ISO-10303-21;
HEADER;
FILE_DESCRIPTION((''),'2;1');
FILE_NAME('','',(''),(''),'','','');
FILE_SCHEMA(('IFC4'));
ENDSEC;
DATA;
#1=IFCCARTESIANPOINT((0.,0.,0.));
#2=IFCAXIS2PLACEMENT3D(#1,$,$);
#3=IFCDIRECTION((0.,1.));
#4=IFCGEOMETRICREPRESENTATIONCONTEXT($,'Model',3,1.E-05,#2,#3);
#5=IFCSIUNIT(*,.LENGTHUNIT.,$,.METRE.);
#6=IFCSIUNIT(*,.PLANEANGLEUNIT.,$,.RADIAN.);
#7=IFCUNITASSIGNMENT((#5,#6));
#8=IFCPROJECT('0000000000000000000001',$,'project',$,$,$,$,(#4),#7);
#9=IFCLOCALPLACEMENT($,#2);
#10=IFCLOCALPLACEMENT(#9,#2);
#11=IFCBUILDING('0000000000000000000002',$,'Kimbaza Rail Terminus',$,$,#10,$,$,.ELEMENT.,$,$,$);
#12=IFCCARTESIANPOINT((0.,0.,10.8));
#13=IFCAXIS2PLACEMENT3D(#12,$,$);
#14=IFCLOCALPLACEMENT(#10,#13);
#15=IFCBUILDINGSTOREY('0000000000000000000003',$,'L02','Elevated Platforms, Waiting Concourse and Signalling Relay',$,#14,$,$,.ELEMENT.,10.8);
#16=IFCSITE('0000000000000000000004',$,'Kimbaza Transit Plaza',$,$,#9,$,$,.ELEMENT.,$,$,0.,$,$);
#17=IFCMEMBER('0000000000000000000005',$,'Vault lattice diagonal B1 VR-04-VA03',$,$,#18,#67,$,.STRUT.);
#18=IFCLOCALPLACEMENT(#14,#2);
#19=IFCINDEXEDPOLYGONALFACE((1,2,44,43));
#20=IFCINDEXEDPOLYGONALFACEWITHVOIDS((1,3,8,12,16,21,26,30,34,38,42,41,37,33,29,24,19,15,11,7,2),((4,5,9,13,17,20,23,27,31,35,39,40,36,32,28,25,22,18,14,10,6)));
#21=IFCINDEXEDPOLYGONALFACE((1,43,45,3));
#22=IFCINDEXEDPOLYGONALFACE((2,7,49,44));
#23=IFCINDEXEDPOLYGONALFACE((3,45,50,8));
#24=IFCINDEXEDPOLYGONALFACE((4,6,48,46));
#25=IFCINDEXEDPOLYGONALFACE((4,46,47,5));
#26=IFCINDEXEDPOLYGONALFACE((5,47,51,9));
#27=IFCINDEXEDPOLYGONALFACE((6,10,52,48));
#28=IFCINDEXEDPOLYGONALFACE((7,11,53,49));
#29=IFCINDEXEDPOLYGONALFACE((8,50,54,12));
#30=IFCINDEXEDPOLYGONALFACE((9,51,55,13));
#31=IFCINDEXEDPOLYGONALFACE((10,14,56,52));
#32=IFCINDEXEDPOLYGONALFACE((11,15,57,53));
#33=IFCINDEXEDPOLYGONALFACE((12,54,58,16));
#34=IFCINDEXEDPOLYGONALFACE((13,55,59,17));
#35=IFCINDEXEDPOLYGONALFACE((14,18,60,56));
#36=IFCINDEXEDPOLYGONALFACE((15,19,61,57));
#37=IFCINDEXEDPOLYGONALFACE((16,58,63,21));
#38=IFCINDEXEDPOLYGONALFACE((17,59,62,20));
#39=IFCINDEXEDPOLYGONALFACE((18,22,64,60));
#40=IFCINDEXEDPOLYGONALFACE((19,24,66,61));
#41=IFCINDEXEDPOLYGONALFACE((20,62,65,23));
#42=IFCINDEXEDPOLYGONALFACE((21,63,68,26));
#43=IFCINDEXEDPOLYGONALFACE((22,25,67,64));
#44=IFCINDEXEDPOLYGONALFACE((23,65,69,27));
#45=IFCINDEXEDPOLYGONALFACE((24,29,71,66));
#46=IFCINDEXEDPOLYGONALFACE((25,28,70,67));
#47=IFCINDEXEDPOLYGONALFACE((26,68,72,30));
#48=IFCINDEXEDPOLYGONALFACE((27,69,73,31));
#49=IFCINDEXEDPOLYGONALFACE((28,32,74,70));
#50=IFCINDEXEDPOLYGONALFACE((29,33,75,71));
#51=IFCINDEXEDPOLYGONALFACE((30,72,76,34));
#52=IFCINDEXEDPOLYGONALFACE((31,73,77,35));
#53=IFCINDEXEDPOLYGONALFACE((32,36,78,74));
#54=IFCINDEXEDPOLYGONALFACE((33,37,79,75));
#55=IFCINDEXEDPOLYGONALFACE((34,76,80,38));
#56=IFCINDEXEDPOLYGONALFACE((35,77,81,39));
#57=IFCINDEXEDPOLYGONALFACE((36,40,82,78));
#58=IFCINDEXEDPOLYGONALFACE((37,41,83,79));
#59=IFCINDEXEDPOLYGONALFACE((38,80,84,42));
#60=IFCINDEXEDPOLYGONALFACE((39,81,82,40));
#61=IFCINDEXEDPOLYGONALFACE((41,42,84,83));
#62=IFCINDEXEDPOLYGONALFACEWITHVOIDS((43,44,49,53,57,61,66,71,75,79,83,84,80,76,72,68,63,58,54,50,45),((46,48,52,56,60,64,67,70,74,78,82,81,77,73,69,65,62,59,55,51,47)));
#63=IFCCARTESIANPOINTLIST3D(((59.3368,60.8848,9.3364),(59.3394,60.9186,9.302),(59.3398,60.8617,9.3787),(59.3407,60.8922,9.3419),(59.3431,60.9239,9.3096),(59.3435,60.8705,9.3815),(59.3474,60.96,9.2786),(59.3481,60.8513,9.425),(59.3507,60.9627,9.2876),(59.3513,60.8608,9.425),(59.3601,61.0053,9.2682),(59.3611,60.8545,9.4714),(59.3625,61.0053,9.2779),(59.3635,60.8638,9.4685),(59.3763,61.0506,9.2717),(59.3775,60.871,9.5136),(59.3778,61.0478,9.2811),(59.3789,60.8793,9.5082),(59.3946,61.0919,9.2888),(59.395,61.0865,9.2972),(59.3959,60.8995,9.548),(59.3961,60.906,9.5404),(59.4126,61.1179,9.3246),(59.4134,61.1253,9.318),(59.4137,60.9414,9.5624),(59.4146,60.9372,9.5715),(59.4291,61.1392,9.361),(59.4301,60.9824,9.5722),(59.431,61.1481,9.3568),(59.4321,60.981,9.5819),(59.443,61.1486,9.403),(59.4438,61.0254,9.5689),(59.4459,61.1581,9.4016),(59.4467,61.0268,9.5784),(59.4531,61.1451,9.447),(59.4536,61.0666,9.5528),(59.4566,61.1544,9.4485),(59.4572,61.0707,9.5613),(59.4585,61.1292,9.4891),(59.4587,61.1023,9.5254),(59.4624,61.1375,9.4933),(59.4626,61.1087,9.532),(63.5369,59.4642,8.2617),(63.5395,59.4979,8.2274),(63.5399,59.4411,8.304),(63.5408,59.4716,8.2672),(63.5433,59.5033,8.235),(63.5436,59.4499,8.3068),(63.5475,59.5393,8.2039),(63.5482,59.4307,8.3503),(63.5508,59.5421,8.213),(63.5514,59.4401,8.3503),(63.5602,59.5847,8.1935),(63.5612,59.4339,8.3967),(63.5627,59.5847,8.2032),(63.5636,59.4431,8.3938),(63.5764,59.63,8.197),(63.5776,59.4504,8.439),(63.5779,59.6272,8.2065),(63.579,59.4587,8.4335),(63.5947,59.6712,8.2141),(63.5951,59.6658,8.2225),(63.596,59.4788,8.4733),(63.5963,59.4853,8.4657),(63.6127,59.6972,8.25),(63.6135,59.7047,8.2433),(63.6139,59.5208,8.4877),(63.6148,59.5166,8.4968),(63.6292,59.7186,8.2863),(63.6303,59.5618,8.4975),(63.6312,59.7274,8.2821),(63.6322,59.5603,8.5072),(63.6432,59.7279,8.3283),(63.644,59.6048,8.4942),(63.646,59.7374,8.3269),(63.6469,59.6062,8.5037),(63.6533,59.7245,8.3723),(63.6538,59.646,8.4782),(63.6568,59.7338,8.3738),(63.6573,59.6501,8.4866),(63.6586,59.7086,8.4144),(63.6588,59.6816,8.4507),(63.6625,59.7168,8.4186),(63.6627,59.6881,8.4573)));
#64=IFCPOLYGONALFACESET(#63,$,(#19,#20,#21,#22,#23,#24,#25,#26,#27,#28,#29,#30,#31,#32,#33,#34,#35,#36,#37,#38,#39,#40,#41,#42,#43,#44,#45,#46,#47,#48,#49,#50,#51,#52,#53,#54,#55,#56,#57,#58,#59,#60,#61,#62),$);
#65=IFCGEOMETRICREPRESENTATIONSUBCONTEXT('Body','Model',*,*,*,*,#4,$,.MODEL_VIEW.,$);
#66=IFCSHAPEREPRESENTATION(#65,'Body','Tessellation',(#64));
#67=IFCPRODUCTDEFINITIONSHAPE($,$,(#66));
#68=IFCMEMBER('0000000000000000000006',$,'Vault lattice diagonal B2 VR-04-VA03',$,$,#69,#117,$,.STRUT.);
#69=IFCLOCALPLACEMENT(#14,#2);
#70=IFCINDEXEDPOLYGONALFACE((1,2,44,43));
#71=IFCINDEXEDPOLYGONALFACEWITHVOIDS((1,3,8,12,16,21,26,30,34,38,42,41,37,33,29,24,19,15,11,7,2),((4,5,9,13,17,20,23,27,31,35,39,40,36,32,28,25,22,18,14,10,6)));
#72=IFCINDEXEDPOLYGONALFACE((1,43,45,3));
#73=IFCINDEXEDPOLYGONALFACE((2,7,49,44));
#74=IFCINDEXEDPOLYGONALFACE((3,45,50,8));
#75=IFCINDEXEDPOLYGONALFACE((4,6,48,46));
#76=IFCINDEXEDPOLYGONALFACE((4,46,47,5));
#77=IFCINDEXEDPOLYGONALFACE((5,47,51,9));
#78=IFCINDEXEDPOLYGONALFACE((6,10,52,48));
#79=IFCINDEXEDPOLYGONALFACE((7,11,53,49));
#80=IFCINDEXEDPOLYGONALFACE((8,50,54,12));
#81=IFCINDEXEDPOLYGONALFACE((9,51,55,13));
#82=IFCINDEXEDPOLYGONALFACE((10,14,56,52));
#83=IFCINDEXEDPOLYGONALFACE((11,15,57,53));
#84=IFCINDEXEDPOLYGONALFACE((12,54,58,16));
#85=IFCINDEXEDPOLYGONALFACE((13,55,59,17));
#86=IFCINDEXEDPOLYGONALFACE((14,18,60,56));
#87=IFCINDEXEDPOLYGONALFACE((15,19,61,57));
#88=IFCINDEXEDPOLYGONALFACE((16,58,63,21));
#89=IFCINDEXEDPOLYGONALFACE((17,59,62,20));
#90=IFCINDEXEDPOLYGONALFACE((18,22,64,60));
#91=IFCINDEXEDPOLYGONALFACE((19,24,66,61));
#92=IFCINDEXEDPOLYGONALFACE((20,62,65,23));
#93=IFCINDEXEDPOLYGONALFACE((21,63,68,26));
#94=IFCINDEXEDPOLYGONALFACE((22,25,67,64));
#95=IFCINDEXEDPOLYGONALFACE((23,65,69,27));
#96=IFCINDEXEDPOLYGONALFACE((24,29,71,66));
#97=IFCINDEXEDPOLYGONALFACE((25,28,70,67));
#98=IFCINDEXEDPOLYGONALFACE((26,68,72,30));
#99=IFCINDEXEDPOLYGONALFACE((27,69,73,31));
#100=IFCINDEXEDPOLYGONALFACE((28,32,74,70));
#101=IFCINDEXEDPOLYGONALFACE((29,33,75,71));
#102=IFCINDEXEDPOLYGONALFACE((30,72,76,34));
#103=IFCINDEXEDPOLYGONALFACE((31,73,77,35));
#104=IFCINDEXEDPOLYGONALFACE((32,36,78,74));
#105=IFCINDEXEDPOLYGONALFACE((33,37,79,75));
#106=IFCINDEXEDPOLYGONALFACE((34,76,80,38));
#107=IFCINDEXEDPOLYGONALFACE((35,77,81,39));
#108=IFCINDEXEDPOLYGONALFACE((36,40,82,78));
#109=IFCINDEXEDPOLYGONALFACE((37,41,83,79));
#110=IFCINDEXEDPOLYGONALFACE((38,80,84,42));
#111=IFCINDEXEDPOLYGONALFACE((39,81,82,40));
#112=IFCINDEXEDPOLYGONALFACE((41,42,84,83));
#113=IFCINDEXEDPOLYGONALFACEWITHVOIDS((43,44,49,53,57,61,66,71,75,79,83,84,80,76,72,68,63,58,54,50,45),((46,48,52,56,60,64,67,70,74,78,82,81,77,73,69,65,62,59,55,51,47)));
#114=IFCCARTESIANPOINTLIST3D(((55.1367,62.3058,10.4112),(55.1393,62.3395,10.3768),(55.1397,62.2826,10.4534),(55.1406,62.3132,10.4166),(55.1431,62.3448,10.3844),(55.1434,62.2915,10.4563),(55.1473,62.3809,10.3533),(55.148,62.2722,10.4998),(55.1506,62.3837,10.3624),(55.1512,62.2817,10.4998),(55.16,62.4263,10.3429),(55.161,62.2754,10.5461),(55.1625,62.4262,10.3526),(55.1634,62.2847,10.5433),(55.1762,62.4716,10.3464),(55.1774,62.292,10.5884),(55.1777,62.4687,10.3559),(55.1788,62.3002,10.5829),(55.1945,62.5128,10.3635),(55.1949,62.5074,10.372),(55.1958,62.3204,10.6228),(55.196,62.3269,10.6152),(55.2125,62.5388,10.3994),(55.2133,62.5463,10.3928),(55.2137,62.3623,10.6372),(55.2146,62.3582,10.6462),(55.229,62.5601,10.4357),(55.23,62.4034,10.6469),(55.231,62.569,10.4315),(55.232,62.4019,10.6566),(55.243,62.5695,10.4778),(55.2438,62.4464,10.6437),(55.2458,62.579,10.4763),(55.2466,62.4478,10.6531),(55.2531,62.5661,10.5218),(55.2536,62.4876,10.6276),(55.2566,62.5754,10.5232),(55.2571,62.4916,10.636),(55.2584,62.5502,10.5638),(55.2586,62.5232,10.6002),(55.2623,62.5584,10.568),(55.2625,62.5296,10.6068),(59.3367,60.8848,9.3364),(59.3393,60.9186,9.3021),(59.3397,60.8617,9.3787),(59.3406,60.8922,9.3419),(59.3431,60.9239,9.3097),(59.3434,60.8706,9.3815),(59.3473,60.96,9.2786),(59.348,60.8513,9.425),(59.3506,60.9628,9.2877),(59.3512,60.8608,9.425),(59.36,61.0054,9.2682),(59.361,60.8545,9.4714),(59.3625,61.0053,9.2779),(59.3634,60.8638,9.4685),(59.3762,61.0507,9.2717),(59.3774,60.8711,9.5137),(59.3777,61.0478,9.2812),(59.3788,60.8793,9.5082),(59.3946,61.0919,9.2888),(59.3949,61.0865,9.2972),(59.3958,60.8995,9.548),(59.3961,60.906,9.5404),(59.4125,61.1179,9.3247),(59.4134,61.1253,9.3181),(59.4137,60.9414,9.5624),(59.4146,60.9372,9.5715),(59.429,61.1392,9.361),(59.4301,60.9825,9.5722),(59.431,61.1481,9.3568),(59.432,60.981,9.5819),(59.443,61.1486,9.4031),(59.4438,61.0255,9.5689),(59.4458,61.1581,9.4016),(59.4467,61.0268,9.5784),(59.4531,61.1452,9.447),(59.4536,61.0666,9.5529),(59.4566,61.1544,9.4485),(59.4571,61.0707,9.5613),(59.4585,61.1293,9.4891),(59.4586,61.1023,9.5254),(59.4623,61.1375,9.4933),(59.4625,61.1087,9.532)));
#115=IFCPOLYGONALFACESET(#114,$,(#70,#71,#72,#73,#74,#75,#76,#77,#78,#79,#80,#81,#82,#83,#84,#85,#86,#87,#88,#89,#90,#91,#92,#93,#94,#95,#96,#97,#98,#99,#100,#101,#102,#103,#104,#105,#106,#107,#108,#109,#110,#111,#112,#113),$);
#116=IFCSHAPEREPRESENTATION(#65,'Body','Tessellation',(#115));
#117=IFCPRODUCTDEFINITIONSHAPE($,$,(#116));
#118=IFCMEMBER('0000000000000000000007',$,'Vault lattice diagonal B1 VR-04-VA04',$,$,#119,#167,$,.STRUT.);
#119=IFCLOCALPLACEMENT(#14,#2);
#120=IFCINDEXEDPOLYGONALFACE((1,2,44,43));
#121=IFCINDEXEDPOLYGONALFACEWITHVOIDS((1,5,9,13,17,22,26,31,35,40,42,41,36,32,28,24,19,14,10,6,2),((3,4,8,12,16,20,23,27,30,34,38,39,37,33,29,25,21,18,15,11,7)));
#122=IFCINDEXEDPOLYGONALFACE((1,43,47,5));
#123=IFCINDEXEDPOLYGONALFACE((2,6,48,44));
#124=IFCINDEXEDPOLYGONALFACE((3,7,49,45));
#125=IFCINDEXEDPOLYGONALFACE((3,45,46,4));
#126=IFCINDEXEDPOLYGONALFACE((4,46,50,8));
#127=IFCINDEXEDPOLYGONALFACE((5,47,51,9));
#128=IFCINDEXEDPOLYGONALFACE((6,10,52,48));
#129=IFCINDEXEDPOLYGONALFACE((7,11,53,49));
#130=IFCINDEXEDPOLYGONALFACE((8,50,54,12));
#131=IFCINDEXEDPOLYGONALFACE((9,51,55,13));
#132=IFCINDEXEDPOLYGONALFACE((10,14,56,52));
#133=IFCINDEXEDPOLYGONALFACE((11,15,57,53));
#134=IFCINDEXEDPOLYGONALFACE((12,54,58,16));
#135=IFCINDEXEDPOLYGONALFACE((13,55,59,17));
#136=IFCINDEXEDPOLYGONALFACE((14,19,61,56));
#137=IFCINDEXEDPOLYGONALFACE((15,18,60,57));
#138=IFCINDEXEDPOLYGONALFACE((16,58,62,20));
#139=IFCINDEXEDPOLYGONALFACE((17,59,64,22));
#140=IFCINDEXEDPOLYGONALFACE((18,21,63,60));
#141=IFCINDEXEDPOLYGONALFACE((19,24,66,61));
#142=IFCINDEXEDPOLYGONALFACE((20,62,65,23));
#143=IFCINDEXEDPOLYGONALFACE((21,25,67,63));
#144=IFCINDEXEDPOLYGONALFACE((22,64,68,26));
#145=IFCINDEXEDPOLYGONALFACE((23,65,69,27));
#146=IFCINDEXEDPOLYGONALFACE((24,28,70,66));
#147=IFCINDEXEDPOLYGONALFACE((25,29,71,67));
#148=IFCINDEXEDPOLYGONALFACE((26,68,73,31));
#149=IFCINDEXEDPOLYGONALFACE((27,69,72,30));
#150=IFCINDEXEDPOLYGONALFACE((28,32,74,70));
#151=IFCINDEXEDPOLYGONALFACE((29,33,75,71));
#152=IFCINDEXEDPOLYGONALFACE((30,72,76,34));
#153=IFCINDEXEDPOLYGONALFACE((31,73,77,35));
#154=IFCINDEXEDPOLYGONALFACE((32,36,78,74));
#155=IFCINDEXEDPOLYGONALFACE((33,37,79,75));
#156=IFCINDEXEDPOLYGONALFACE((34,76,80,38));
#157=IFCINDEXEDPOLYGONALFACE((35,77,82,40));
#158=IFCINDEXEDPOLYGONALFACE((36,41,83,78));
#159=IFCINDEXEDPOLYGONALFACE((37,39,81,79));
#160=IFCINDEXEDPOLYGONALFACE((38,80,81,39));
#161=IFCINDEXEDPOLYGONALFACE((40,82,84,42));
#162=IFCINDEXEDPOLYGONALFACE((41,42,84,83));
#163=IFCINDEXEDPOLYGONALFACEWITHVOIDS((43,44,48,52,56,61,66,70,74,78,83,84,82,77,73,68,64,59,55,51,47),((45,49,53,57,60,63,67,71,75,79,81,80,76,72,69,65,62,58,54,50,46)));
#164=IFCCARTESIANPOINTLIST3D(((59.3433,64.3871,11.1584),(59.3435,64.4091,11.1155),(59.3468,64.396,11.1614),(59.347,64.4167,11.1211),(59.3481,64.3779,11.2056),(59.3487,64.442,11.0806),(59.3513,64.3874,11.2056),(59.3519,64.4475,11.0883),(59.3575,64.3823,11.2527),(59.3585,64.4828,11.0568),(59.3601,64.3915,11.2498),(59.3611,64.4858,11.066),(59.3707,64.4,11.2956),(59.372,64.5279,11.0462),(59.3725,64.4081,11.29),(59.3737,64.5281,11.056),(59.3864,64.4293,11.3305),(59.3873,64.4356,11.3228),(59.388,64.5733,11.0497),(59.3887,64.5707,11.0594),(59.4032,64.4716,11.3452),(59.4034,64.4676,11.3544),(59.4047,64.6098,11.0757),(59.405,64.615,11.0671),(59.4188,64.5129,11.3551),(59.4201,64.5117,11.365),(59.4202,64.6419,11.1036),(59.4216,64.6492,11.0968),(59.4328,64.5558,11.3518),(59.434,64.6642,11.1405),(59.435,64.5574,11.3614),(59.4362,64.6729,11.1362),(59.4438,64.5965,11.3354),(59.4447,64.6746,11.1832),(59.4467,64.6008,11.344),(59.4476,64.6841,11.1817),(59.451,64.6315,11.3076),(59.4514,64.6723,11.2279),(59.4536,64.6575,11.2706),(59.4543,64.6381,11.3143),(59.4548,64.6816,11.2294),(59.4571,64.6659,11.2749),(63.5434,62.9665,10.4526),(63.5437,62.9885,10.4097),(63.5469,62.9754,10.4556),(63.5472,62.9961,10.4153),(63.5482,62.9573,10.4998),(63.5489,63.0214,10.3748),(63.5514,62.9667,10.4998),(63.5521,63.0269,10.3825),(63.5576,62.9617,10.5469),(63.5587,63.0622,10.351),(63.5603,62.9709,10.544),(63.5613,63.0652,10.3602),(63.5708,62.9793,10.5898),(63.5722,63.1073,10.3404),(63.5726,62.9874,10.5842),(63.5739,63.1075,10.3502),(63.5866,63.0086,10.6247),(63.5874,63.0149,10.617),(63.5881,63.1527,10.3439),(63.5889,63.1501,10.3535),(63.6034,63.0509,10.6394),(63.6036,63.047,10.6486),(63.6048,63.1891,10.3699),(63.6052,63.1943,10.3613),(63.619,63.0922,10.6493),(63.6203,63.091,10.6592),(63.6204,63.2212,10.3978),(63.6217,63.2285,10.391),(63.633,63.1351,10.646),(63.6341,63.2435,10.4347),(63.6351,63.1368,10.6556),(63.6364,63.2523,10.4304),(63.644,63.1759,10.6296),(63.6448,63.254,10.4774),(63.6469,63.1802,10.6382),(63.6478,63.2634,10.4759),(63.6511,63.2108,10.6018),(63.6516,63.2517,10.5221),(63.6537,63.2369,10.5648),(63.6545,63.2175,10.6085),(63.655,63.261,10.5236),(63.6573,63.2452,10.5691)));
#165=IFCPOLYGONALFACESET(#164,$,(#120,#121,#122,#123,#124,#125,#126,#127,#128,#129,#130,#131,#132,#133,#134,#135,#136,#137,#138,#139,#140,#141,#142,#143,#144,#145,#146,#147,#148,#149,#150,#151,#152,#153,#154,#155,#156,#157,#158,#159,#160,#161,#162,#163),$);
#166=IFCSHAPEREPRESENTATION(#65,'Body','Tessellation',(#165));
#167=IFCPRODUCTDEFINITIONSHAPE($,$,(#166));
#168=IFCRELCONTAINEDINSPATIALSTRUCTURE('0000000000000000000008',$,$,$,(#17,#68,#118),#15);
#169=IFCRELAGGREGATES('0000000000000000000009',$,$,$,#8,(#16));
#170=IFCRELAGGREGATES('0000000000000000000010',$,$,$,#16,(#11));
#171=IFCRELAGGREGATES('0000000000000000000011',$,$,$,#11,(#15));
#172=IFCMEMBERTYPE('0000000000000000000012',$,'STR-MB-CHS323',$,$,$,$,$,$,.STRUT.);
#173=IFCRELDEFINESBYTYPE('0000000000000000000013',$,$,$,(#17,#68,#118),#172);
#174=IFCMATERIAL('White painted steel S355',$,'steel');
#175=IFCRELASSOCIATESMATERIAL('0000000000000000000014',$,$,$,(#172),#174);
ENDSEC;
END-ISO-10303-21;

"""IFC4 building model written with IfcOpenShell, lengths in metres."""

from ifc_helpers import new_model, si_unit, direction, frame, origin, origin_2d, place, context, subcontext, project, spatial, hollow_circle, extrude, material, material_profile, profile_set, type_object, element, save


model = new_model("IFC4")

# Units and contexts
model_context = context("Model", 3, precision=1e-05, world=origin(), true_north=direction((0.0, 1.0)))
body_context = subcontext(model_context, "Body", "Model", "MODEL_VIEW")
ifc_project = project(units=[si_unit("LENGTHUNIT", "METRE"), si_unit("PLANEANGLEUNIT", "RADIAN")], contexts=[model_context])

# Site, building, storey
site_placement = place(None, origin())
site = spatial("IfcSite", under=ifc_project, at=site_placement, Name="Kimbaza Transit Plaza", CompositionType="ELEMENT", RefElevation=0.0)
building_placement = place(site_placement, origin())
building = spatial("IfcBuilding", under=site, at=building_placement, Name="Kimbaza Rail Terminus", CompositionType="ELEMENT")
storey_placement = place(building_placement, frame((0.0, 0.0, 10.8)))
storey = spatial("IfcBuildingStorey", under=building, at=storey_placement, Name="L02", Description="Elevated Platforms, Waiting Concourse and Signalling Relay", CompositionType="ELEMENT", Elevation=10.8)

# Members
ifc_material_1 = material(Name="White painted steel S355", Category="steel")
ifc_material_profile_1 = material_profile(ifc_material_1, hollow_circle(Radius=0.1619, WallThickness=0.01, at=origin_2d()), Name="CHS 323.9x10")
ifc_profile_set_1 = profile_set([ifc_material_profile_1], Name="White painted steel S355")
member_type_1 = type_object("IfcMemberType", Name="STR-MB-CHS323", PredefinedType="STRUT", material=ifc_profile_set_1)
for number, where, z_axis, x_axis, name in (
    (1, (63.6001, 59.584, 8.3503), (-0.920624, 0.311388, 0.235561), (-0.320404, -0.947281, 0.0), "Vault lattice diagonal B1 VR-04-VA03"),
    (2, (59.3999, 61.0046, 9.425), (-0.920601, 0.311451, 0.235568), (-0.32047, -0.947259, 0.0), "Vault lattice diagonal B2 VR-04-VA03"),
):
    element("IfcMember", number, at=place(storey_placement, frame(where, z_axis=z_axis, x_axis=x_axis)), inside=storey, type_object=member_type_1, Name=name, PredefinedType="STRUT", context=body_context, shape_type="SweptSolid", body=[
        extrude(hollow_circle(Radius=0.1619, WallThickness=0.01, at=origin_2d()), origin(), (0.0, 0.0, 1.0), 4.5623),
    ])
member_1_placement = place(storey_placement, frame((63.6001, 63.1106, 10.4998), z_axis=(-0.935503, 0.31642, 0.157204), x_axis=(-0.320404, -0.947281, 0.0)))
element("IfcMember", 3, at=member_1_placement, inside=storey, type_object=member_type_1, Name="Vault lattice diagonal B1 VR-04-VA04", PredefinedType="STRUT", context=body_context, shape_type="SweptSolid", body=[
    extrude(hollow_circle(Radius=0.1619, WallThickness=0.01, at=origin_2d()), origin(), (0.0, 0.0, 1.0), 4.4897),
])

save(model, "model.ifc")
